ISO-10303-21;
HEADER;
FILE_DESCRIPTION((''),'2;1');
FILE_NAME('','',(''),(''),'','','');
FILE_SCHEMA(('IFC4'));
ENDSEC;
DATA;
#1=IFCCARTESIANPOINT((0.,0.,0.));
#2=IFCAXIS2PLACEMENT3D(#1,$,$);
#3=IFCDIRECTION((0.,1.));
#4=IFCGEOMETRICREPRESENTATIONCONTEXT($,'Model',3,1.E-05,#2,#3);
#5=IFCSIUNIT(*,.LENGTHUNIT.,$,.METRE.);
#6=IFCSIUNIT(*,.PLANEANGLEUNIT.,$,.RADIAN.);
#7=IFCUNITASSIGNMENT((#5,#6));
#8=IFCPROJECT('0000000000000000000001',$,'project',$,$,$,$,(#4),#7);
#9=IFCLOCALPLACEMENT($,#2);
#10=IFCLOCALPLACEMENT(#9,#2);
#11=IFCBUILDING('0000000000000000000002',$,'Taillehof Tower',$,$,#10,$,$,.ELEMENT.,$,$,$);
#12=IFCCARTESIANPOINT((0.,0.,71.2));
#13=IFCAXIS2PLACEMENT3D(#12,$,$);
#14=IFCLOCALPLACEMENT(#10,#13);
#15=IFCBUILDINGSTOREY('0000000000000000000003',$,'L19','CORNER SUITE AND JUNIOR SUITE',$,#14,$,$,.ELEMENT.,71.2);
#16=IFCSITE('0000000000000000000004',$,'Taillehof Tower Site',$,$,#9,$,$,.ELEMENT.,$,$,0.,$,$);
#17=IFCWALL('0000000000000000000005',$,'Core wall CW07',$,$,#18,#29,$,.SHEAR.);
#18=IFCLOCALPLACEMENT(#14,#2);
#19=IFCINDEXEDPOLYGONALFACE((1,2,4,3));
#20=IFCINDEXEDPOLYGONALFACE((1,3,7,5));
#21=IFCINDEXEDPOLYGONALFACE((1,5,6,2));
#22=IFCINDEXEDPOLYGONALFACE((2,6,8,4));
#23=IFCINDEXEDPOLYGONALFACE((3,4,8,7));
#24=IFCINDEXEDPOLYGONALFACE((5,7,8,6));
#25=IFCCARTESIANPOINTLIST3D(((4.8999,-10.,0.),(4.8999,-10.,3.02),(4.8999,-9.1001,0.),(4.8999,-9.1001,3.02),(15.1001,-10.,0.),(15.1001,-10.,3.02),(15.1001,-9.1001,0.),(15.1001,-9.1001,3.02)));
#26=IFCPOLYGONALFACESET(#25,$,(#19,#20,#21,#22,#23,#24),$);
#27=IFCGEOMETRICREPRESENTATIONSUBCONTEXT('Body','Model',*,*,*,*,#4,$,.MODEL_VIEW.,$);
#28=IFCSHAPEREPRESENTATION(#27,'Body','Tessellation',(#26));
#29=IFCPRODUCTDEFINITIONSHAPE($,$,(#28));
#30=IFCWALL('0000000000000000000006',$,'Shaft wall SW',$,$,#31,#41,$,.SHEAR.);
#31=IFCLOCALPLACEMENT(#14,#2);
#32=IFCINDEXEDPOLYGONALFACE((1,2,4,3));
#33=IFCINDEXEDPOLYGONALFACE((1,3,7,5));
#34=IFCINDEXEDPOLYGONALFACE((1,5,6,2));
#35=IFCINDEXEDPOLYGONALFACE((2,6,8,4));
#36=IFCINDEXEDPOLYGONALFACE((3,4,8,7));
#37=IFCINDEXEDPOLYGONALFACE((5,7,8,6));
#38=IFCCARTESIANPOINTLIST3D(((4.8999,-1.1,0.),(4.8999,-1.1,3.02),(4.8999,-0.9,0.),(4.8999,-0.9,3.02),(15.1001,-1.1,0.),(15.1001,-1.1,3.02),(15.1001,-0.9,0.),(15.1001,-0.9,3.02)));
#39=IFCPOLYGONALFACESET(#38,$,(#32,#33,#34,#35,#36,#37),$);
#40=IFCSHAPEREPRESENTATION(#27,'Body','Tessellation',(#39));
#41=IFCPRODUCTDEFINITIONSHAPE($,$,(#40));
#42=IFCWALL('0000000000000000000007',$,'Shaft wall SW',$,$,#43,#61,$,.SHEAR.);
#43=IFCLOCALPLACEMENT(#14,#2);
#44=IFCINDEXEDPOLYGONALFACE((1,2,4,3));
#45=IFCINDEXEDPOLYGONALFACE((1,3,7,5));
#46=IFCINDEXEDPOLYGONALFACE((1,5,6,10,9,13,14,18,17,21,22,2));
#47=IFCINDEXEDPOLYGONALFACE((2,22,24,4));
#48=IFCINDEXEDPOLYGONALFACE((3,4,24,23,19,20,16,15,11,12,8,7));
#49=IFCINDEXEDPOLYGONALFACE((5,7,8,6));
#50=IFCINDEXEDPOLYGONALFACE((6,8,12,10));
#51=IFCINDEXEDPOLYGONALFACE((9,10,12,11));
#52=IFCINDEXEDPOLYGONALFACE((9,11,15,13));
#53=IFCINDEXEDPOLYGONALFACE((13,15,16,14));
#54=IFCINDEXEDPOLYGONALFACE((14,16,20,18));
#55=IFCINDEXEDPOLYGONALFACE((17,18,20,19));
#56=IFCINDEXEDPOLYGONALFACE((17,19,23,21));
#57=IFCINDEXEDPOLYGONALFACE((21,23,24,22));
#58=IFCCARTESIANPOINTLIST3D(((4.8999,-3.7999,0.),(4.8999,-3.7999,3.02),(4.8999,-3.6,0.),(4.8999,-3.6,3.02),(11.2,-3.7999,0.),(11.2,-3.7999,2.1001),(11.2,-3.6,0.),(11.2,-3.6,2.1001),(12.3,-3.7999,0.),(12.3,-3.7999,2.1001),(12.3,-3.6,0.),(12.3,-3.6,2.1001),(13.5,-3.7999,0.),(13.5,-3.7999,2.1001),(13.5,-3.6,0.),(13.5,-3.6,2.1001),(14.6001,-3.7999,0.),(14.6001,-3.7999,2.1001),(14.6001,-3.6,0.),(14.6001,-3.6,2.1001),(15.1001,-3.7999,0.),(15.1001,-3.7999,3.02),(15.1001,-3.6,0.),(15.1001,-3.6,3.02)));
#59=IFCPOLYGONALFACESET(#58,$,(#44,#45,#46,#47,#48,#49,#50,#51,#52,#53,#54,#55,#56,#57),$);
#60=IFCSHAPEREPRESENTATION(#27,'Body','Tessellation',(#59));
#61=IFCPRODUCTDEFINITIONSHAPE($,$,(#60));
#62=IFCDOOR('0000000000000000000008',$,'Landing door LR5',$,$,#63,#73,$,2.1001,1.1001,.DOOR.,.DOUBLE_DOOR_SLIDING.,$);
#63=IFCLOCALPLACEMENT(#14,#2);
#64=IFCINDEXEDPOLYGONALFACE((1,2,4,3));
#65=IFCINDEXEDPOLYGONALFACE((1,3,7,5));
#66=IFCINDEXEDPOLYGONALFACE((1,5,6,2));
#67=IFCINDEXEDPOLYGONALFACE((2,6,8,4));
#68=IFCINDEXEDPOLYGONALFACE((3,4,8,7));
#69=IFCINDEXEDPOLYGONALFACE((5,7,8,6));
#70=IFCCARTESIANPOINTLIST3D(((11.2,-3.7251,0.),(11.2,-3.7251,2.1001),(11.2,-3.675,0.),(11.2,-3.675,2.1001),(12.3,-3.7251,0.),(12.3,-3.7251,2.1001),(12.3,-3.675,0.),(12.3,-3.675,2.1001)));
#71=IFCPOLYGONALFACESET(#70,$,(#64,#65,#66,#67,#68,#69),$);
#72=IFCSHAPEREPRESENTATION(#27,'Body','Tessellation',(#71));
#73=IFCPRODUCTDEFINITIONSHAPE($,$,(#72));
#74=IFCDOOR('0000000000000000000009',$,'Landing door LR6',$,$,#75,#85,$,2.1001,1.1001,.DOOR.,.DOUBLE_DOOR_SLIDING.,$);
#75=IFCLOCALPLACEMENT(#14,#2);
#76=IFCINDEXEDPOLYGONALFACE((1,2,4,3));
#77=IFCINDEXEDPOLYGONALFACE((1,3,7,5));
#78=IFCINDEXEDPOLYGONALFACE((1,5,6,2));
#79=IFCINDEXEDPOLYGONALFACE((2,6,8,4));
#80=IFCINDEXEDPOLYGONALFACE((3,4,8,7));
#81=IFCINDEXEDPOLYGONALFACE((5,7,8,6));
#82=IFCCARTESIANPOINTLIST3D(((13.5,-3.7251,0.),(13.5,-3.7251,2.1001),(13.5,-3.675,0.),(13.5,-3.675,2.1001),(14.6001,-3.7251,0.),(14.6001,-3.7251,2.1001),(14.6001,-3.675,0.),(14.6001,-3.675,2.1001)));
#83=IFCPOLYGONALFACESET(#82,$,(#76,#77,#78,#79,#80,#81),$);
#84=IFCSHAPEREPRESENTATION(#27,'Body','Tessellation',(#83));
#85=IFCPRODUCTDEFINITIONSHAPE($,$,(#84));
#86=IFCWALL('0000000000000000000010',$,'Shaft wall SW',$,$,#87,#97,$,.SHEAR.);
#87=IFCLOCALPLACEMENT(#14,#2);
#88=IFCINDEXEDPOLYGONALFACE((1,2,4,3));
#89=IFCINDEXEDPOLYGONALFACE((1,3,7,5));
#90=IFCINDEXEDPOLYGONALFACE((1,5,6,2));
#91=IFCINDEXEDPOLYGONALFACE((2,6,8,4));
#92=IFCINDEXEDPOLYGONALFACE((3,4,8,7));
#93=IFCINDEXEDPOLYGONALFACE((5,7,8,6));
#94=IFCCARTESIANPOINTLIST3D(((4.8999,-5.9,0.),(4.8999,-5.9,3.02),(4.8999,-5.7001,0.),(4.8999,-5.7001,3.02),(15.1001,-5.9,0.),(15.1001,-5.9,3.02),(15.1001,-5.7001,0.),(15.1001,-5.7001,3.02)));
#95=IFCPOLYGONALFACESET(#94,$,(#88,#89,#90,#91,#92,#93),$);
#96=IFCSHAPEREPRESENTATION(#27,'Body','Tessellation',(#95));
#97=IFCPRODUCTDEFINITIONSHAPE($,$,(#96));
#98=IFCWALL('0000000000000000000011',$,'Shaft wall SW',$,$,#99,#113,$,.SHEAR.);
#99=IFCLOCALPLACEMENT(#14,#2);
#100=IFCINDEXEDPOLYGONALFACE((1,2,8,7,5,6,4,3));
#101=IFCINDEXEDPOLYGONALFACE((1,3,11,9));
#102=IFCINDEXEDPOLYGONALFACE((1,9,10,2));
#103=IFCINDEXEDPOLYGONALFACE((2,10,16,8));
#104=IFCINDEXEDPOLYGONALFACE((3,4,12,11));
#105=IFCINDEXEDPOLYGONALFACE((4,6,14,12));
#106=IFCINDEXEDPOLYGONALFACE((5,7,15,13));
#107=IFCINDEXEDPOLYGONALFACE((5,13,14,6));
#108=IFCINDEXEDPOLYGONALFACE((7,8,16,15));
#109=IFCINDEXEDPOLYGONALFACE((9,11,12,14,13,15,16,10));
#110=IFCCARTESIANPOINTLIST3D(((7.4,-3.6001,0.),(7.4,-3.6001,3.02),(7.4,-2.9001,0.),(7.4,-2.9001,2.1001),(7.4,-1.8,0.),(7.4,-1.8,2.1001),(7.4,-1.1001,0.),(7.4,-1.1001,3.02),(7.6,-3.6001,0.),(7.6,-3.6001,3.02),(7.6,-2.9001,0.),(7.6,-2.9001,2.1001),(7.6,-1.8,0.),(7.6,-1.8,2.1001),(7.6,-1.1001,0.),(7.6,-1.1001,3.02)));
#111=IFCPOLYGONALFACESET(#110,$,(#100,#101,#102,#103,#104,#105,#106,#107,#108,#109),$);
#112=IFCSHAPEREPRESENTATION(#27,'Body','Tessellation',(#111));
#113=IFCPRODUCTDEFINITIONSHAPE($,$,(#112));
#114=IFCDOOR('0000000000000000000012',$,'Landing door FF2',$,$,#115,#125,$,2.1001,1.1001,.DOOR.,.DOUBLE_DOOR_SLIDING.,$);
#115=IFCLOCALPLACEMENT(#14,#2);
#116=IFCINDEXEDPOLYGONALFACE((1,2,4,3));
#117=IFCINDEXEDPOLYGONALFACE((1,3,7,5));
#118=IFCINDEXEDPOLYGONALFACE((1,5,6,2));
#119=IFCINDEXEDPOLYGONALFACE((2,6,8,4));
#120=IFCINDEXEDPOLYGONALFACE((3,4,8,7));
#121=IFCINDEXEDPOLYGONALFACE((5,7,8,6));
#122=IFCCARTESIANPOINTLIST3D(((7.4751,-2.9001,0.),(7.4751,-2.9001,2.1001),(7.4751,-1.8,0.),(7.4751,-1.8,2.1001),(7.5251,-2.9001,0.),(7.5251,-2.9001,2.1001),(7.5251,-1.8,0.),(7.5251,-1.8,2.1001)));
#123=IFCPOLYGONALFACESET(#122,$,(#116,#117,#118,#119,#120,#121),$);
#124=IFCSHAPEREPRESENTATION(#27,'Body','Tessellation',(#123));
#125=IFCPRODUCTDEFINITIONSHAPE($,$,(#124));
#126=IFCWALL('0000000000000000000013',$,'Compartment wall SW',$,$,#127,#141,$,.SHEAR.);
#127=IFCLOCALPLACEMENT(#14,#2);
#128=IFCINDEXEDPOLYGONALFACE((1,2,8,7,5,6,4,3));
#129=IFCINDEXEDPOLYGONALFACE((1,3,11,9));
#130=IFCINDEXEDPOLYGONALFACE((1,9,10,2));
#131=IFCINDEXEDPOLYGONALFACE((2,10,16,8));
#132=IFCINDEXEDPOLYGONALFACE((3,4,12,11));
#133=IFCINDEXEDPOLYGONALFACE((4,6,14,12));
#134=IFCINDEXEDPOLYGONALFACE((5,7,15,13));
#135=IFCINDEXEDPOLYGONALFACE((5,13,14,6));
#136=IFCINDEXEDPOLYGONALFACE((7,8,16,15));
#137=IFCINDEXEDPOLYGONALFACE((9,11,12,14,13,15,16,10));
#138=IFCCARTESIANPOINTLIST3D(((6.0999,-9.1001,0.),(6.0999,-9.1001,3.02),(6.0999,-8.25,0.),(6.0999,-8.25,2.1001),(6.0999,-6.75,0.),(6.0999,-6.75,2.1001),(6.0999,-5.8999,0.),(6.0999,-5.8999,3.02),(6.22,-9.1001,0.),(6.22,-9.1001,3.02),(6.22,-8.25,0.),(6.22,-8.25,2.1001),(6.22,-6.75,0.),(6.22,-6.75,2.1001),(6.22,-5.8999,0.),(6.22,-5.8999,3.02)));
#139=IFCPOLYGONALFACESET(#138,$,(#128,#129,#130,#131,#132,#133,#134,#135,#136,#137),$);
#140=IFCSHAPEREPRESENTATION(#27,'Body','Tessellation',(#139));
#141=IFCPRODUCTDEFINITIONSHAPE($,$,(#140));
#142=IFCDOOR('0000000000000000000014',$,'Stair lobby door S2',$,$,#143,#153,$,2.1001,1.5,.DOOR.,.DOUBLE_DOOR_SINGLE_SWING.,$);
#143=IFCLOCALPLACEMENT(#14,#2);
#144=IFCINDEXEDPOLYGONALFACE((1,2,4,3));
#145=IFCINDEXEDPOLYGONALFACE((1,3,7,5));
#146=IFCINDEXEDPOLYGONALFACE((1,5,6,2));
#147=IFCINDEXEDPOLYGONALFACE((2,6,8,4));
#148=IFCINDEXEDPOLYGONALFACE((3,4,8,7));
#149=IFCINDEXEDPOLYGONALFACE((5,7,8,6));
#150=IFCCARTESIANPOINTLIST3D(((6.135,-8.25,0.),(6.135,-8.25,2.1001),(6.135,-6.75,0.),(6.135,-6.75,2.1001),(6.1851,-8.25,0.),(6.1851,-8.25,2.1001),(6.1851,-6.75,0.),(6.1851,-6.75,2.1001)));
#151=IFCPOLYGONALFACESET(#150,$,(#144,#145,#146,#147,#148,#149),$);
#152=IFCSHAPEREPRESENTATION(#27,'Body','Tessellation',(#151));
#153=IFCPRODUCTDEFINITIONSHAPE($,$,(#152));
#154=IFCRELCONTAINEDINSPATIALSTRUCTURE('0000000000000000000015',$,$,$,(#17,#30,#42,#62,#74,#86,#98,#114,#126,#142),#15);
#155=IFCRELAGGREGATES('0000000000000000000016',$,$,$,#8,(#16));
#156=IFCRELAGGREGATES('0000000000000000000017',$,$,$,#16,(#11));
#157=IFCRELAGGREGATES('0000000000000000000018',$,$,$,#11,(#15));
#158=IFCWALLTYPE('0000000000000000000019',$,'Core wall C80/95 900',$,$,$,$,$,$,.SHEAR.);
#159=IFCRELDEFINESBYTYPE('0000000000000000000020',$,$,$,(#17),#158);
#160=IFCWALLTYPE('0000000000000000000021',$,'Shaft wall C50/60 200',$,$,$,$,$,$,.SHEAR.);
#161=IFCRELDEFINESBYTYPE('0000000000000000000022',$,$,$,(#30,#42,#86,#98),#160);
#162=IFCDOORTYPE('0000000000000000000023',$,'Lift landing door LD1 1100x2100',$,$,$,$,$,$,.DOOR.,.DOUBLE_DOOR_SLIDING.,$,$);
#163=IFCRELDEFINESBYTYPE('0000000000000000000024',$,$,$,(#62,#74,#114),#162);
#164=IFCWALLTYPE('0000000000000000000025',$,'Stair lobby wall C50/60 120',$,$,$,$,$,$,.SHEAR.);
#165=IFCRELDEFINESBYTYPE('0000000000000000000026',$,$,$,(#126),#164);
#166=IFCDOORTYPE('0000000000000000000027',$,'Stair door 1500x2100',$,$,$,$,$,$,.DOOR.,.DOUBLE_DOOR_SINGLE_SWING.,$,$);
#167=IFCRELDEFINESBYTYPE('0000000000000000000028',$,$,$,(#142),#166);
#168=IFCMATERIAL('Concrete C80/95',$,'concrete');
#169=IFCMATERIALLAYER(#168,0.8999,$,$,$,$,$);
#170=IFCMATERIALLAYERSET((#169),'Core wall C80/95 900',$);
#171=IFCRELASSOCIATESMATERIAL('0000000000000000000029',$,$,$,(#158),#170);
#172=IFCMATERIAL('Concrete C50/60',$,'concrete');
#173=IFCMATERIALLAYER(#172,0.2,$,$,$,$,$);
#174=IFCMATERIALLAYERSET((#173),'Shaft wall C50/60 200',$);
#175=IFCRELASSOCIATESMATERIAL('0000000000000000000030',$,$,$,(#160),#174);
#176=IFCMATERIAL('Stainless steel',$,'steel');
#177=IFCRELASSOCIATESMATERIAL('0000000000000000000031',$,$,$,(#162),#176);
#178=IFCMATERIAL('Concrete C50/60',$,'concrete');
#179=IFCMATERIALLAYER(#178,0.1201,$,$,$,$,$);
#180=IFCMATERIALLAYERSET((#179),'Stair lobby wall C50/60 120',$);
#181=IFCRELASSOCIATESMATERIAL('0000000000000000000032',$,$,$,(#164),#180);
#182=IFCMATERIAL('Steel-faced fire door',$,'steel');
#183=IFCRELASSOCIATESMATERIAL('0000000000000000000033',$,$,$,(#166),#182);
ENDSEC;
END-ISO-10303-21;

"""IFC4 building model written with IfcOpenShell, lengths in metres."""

from ifc_helpers import new_model, si_unit, direction, frame, frame_2d, origin, place, context, subcontext, project, spatial, rectangle, extrude, material, layer, layer_set, type_object, element, fill, save


model = new_model("IFC4")

# Units and contexts
model_context = context("Model", 3, precision=1e-05, world=origin(), true_north=direction((0.0, 1.0)))
body_context = subcontext(model_context, "Body", "Model", "MODEL_VIEW")
ifc_project = project(units=[si_unit("LENGTHUNIT", "METRE"), si_unit("PLANEANGLEUNIT", "RADIAN")], contexts=[model_context])

# Site, building, storey
site_placement = place(None, origin())
site = spatial("IfcSite", under=ifc_project, at=site_placement, Name="Taillehof Tower Site", CompositionType="ELEMENT", RefElevation=0.0)
building_placement = place(site_placement, origin())
building = spatial("IfcBuilding", under=site, at=building_placement, Name="Taillehof Tower", CompositionType="ELEMENT")
storey_placement = place(building_placement, frame((0.0, 0.0, 71.2)))
storey = spatial("IfcBuildingStorey", under=building, at=storey_placement, Name="L19", Description="CORNER SUITE AND JUNIOR SUITE", CompositionType="ELEMENT", Elevation=71.2)

# Walls
ifc_material_1 = material(Name="Concrete C80/95", Category="concrete")
ifc_layer_1 = layer(ifc_material_1, 0.8999)
ifc_layer_set_1 = layer_set([ifc_layer_1], Name="Core wall C80/95 900")
wall_type_1 = type_object("IfcWallType", Name="Core wall C80/95 900", PredefinedType="SHEAR", material=ifc_layer_set_1)
wall_1_placement = place(storey_placement, frame((4.8999, -9.55, 0.0), z_axis=(0.0, 0.0, 1.0), x_axis=(1.0, 0.0, 0.0)))
element("IfcWall", 1, at=wall_1_placement, inside=storey, type_object=wall_type_1, Name="Core wall CW07", PredefinedType="SHEAR", context=body_context, shape_type="SweptSolid", body=[
    extrude(rectangle(XDim=10.2002, YDim=0.8999, at=frame_2d((5.1001, 0.0))), origin(), (0.0, 0.0, 1.0), 3.02),
])
ifc_material_2 = material(Name="Concrete C50/60", Category="concrete")
ifc_layer_2 = layer(ifc_material_2, 0.2)
ifc_layer_set_2 = layer_set([ifc_layer_2], Name="Shaft wall C50/60 200")
wall_type_2 = type_object("IfcWallType", Name="Shaft wall C50/60 200", PredefinedType="SHEAR", material=ifc_layer_set_2)
wall_2_placement = place(storey_placement, frame((4.8999, -1.0, 0.0), z_axis=(0.0, 0.0, 1.0), x_axis=(1.0, 0.0, 0.0)))
element("IfcWall", 2, at=wall_2_placement, inside=storey, type_object=wall_type_2, Name="Shaft wall SW", PredefinedType="SHEAR", context=body_context, shape_type="SweptSolid", body=[
    extrude(rectangle(XDim=10.2002, YDim=0.2, at=frame_2d((5.1001, 0.0))), origin(), (0.0, 0.0, 1.0), 3.02),
])

# Wall, openings, doors
wall_3_placement = place(storey_placement, frame((4.8999, -3.7, 0.0), z_axis=(0.0, 0.0, 1.0), x_axis=(1.0, 0.0, 0.0)))
wall_3 = element("IfcWall", 3, at=wall_3_placement, inside=storey, type_object=wall_type_2, Name="Shaft wall SW", PredefinedType="SHEAR", context=body_context, shape_type="SweptSolid", body=[
    extrude(rectangle(XDim=10.2002, YDim=0.2, at=frame_2d((5.1001, 0.0))), origin(), (0.0, 0.0, 1.0), 3.02),
])
opening_1_placement = place(wall_3_placement, frame((6.3, 0.0, 0.0)))
opening_1 = element("IfcOpeningElement", 4, at=opening_1_placement, cuts=wall_3, PredefinedType="OPENING", context=body_context, shape_type="SweptSolid", body=[
    extrude(rectangle(XDim=1.1001, YDim=2.1001, at=frame_2d((0.55, 1.05))), frame((0.0, 0.1099, 0.0), z_axis=(0.0, -1.0, 0.0), x_axis=(1.0, 0.0, 0.0)), (0.0, 0.0, 1.0), 0.22),
])
opening_2_placement = place(wall_3_placement, frame((8.6001, 0.0, 0.0)))
opening_2 = element("IfcOpeningElement", 5, at=opening_2_placement, cuts=wall_3, PredefinedType="OPENING", context=body_context, shape_type="SweptSolid", body=[
    extrude(rectangle(XDim=1.1001, YDim=2.1001, at=frame_2d((0.55, 1.05))), frame((0.0, 0.1099, 0.0), z_axis=(0.0, -1.0, 0.0), x_axis=(1.0, 0.0, 0.0)), (0.0, 0.0, 1.0), 0.22),
])
ifc_material_3 = material(Name="Stainless steel", Category="steel")
door_type_1 = type_object("IfcDoorType", Name="Lift landing door LD1 1100x2100", OperationType="DOUBLE_DOOR_SLIDING", PredefinedType="DOOR", material=ifc_material_3)
door_1_placement = place(opening_1_placement, origin())
door_1 = element("IfcDoor", 6, at=door_1_placement, inside=storey, type_object=door_type_1, Name="Landing door LR5", OperationType="DOUBLE_DOOR_SLIDING", OverallHeight=2.1001, OverallWidth=1.1001, PredefinedType="DOOR", context=body_context, shape_type="SweptSolid", body=[
    extrude(rectangle(XDim=1.1001, YDim=2.1001, at=frame_2d((0.55, 1.05))), frame((0.0, 0.0249, 0.0), z_axis=(0.0, -1.0, 0.0), x_axis=(1.0, 0.0, 0.0)), (0.0, 0.0, 1.0), 0.05),
])
fill(opening_1, door_1)
door_2_placement = place(opening_2_placement, origin())
door_2 = element("IfcDoor", 7, at=door_2_placement, inside=storey, type_object=door_type_1, Name="Landing door LR6", OperationType="DOUBLE_DOOR_SLIDING", OverallHeight=2.1001, OverallWidth=1.1001, PredefinedType="DOOR", context=body_context, shape_type="SweptSolid", body=[
    extrude(rectangle(XDim=1.1001, YDim=2.1001, at=frame_2d((0.55, 1.05))), frame((0.0, 0.0249, 0.0), z_axis=(0.0, -1.0, 0.0), x_axis=(1.0, 0.0, 0.0)), (0.0, 0.0, 1.0), 0.05),
])
fill(opening_2, door_2)

# Wall
wall_4_placement = place(storey_placement, frame((4.8999, -5.8, 0.0), z_axis=(0.0, 0.0, 1.0), x_axis=(1.0, 0.0, 0.0)))
element("IfcWall", 8, at=wall_4_placement, inside=storey, type_object=wall_type_2, Name="Shaft wall SW", PredefinedType="SHEAR", context=body_context, shape_type="SweptSolid", body=[
    extrude(rectangle(XDim=10.2002, YDim=0.2, at=frame_2d((5.1001, 0.0))), origin(), (0.0, 0.0, 1.0), 3.02),
])

# Walls, openings, doors
wall_5_placement = place(storey_placement, frame((7.5, -3.6001, 0.0), z_axis=(0.0, 0.0, 1.0), x_axis=(0.0, 1.0, 0.0)))
wall_5 = element("IfcWall", 9, at=wall_5_placement, inside=storey, type_object=wall_type_2, Name="Shaft wall SW", PredefinedType="SHEAR", context=body_context, shape_type="SweptSolid", body=[
    extrude(rectangle(XDim=2.5, YDim=0.2, at=frame_2d((1.25, 0.0))), origin(), (0.0, 0.0, 1.0), 3.02),
])
opening_3_placement = place(wall_5_placement, frame((0.7, 0.0, 0.0)))
opening_3 = element("IfcOpeningElement", 10, at=opening_3_placement, cuts=wall_5, PredefinedType="OPENING", context=body_context, shape_type="SweptSolid", body=[
    extrude(rectangle(XDim=1.1001, YDim=2.1001, at=frame_2d((0.55, 1.05))), frame((0.0, 0.1099, 0.0), z_axis=(0.0, -1.0, 0.0), x_axis=(1.0, 0.0, 0.0)), (0.0, 0.0, 1.0), 0.22),
])
door_3_placement = place(opening_3_placement, origin())
door_3 = element("IfcDoor", 11, at=door_3_placement, inside=storey, type_object=door_type_1, Name="Landing door FF2", OperationType="DOUBLE_DOOR_SLIDING", OverallHeight=2.1001, OverallWidth=1.1001, PredefinedType="DOOR", context=body_context, shape_type="SweptSolid", body=[
    extrude(rectangle(XDim=1.1001, YDim=2.1001, at=frame_2d((0.55, 1.05))), frame((0.0, 0.0249, 0.0), z_axis=(0.0, -1.0, 0.0), x_axis=(1.0, 0.0, 0.0)), (0.0, 0.0, 1.0), 0.05),
])
fill(opening_3, door_3)
ifc_material_4 = material(Name="Concrete C50/60", Category="concrete")
ifc_layer_3 = layer(ifc_material_4, 0.1201)
ifc_layer_set_3 = layer_set([ifc_layer_3], Name="Stair lobby wall C50/60 120")
wall_type_3 = type_object("IfcWallType", Name="Stair lobby wall C50/60 120", PredefinedType="SHEAR", material=ifc_layer_set_3)
wall_6_placement = place(storey_placement, frame((6.1599, -9.1001, 0.0), z_axis=(0.0, 0.0, 1.0), x_axis=(0.0, 1.0, 0.0)))
wall_6 = element("IfcWall", 12, at=wall_6_placement, inside=storey, type_object=wall_type_3, Name="Compartment wall SW", PredefinedType="SHEAR", context=body_context, shape_type="SweptSolid", body=[
    extrude(rectangle(XDim=3.2002, YDim=0.1201, at=frame_2d((1.6001, 0.0))), origin(), (0.0, 0.0, 1.0), 3.02),
])
opening_4_placement = place(wall_6_placement, frame((0.8501, 0.0, 0.0)))
opening_4 = element("IfcOpeningElement", 13, at=opening_4_placement, cuts=wall_6, PredefinedType="OPENING", context=body_context, shape_type="SweptSolid", body=[
    extrude(rectangle(XDim=1.5, YDim=2.1001, at=frame_2d((0.75, 1.05))), frame((0.0, 0.0701, 0.0), z_axis=(0.0, -1.0, 0.0), x_axis=(1.0, 0.0, 0.0)), (0.0, 0.0, 1.0), 0.1401),
])
ifc_material_5 = material(Name="Steel-faced fire door", Category="steel")
door_type_2 = type_object("IfcDoorType", Name="Stair door 1500x2100", OperationType="DOUBLE_DOOR_SINGLE_SWING", PredefinedType="DOOR", material=ifc_material_5)
door_4_placement = place(opening_4_placement, origin())
door_4 = element("IfcDoor", 14, at=door_4_placement, inside=storey, type_object=door_type_2, Name="Stair lobby door S2", OperationType="DOUBLE_DOOR_SINGLE_SWING", OverallHeight=2.1001, OverallWidth=1.5, PredefinedType="DOOR", context=body_context, shape_type="SweptSolid", body=[
    extrude(rectangle(XDim=1.5, YDim=2.1001, at=frame_2d((0.75, 1.05))), frame((0.0, 0.0249, 0.0), z_axis=(0.0, -1.0, 0.0), x_axis=(1.0, 0.0, 0.0)), (0.0, 0.0, 1.0), 0.05),
])
fill(opening_4, door_4)

save(model, "model.ifc")
